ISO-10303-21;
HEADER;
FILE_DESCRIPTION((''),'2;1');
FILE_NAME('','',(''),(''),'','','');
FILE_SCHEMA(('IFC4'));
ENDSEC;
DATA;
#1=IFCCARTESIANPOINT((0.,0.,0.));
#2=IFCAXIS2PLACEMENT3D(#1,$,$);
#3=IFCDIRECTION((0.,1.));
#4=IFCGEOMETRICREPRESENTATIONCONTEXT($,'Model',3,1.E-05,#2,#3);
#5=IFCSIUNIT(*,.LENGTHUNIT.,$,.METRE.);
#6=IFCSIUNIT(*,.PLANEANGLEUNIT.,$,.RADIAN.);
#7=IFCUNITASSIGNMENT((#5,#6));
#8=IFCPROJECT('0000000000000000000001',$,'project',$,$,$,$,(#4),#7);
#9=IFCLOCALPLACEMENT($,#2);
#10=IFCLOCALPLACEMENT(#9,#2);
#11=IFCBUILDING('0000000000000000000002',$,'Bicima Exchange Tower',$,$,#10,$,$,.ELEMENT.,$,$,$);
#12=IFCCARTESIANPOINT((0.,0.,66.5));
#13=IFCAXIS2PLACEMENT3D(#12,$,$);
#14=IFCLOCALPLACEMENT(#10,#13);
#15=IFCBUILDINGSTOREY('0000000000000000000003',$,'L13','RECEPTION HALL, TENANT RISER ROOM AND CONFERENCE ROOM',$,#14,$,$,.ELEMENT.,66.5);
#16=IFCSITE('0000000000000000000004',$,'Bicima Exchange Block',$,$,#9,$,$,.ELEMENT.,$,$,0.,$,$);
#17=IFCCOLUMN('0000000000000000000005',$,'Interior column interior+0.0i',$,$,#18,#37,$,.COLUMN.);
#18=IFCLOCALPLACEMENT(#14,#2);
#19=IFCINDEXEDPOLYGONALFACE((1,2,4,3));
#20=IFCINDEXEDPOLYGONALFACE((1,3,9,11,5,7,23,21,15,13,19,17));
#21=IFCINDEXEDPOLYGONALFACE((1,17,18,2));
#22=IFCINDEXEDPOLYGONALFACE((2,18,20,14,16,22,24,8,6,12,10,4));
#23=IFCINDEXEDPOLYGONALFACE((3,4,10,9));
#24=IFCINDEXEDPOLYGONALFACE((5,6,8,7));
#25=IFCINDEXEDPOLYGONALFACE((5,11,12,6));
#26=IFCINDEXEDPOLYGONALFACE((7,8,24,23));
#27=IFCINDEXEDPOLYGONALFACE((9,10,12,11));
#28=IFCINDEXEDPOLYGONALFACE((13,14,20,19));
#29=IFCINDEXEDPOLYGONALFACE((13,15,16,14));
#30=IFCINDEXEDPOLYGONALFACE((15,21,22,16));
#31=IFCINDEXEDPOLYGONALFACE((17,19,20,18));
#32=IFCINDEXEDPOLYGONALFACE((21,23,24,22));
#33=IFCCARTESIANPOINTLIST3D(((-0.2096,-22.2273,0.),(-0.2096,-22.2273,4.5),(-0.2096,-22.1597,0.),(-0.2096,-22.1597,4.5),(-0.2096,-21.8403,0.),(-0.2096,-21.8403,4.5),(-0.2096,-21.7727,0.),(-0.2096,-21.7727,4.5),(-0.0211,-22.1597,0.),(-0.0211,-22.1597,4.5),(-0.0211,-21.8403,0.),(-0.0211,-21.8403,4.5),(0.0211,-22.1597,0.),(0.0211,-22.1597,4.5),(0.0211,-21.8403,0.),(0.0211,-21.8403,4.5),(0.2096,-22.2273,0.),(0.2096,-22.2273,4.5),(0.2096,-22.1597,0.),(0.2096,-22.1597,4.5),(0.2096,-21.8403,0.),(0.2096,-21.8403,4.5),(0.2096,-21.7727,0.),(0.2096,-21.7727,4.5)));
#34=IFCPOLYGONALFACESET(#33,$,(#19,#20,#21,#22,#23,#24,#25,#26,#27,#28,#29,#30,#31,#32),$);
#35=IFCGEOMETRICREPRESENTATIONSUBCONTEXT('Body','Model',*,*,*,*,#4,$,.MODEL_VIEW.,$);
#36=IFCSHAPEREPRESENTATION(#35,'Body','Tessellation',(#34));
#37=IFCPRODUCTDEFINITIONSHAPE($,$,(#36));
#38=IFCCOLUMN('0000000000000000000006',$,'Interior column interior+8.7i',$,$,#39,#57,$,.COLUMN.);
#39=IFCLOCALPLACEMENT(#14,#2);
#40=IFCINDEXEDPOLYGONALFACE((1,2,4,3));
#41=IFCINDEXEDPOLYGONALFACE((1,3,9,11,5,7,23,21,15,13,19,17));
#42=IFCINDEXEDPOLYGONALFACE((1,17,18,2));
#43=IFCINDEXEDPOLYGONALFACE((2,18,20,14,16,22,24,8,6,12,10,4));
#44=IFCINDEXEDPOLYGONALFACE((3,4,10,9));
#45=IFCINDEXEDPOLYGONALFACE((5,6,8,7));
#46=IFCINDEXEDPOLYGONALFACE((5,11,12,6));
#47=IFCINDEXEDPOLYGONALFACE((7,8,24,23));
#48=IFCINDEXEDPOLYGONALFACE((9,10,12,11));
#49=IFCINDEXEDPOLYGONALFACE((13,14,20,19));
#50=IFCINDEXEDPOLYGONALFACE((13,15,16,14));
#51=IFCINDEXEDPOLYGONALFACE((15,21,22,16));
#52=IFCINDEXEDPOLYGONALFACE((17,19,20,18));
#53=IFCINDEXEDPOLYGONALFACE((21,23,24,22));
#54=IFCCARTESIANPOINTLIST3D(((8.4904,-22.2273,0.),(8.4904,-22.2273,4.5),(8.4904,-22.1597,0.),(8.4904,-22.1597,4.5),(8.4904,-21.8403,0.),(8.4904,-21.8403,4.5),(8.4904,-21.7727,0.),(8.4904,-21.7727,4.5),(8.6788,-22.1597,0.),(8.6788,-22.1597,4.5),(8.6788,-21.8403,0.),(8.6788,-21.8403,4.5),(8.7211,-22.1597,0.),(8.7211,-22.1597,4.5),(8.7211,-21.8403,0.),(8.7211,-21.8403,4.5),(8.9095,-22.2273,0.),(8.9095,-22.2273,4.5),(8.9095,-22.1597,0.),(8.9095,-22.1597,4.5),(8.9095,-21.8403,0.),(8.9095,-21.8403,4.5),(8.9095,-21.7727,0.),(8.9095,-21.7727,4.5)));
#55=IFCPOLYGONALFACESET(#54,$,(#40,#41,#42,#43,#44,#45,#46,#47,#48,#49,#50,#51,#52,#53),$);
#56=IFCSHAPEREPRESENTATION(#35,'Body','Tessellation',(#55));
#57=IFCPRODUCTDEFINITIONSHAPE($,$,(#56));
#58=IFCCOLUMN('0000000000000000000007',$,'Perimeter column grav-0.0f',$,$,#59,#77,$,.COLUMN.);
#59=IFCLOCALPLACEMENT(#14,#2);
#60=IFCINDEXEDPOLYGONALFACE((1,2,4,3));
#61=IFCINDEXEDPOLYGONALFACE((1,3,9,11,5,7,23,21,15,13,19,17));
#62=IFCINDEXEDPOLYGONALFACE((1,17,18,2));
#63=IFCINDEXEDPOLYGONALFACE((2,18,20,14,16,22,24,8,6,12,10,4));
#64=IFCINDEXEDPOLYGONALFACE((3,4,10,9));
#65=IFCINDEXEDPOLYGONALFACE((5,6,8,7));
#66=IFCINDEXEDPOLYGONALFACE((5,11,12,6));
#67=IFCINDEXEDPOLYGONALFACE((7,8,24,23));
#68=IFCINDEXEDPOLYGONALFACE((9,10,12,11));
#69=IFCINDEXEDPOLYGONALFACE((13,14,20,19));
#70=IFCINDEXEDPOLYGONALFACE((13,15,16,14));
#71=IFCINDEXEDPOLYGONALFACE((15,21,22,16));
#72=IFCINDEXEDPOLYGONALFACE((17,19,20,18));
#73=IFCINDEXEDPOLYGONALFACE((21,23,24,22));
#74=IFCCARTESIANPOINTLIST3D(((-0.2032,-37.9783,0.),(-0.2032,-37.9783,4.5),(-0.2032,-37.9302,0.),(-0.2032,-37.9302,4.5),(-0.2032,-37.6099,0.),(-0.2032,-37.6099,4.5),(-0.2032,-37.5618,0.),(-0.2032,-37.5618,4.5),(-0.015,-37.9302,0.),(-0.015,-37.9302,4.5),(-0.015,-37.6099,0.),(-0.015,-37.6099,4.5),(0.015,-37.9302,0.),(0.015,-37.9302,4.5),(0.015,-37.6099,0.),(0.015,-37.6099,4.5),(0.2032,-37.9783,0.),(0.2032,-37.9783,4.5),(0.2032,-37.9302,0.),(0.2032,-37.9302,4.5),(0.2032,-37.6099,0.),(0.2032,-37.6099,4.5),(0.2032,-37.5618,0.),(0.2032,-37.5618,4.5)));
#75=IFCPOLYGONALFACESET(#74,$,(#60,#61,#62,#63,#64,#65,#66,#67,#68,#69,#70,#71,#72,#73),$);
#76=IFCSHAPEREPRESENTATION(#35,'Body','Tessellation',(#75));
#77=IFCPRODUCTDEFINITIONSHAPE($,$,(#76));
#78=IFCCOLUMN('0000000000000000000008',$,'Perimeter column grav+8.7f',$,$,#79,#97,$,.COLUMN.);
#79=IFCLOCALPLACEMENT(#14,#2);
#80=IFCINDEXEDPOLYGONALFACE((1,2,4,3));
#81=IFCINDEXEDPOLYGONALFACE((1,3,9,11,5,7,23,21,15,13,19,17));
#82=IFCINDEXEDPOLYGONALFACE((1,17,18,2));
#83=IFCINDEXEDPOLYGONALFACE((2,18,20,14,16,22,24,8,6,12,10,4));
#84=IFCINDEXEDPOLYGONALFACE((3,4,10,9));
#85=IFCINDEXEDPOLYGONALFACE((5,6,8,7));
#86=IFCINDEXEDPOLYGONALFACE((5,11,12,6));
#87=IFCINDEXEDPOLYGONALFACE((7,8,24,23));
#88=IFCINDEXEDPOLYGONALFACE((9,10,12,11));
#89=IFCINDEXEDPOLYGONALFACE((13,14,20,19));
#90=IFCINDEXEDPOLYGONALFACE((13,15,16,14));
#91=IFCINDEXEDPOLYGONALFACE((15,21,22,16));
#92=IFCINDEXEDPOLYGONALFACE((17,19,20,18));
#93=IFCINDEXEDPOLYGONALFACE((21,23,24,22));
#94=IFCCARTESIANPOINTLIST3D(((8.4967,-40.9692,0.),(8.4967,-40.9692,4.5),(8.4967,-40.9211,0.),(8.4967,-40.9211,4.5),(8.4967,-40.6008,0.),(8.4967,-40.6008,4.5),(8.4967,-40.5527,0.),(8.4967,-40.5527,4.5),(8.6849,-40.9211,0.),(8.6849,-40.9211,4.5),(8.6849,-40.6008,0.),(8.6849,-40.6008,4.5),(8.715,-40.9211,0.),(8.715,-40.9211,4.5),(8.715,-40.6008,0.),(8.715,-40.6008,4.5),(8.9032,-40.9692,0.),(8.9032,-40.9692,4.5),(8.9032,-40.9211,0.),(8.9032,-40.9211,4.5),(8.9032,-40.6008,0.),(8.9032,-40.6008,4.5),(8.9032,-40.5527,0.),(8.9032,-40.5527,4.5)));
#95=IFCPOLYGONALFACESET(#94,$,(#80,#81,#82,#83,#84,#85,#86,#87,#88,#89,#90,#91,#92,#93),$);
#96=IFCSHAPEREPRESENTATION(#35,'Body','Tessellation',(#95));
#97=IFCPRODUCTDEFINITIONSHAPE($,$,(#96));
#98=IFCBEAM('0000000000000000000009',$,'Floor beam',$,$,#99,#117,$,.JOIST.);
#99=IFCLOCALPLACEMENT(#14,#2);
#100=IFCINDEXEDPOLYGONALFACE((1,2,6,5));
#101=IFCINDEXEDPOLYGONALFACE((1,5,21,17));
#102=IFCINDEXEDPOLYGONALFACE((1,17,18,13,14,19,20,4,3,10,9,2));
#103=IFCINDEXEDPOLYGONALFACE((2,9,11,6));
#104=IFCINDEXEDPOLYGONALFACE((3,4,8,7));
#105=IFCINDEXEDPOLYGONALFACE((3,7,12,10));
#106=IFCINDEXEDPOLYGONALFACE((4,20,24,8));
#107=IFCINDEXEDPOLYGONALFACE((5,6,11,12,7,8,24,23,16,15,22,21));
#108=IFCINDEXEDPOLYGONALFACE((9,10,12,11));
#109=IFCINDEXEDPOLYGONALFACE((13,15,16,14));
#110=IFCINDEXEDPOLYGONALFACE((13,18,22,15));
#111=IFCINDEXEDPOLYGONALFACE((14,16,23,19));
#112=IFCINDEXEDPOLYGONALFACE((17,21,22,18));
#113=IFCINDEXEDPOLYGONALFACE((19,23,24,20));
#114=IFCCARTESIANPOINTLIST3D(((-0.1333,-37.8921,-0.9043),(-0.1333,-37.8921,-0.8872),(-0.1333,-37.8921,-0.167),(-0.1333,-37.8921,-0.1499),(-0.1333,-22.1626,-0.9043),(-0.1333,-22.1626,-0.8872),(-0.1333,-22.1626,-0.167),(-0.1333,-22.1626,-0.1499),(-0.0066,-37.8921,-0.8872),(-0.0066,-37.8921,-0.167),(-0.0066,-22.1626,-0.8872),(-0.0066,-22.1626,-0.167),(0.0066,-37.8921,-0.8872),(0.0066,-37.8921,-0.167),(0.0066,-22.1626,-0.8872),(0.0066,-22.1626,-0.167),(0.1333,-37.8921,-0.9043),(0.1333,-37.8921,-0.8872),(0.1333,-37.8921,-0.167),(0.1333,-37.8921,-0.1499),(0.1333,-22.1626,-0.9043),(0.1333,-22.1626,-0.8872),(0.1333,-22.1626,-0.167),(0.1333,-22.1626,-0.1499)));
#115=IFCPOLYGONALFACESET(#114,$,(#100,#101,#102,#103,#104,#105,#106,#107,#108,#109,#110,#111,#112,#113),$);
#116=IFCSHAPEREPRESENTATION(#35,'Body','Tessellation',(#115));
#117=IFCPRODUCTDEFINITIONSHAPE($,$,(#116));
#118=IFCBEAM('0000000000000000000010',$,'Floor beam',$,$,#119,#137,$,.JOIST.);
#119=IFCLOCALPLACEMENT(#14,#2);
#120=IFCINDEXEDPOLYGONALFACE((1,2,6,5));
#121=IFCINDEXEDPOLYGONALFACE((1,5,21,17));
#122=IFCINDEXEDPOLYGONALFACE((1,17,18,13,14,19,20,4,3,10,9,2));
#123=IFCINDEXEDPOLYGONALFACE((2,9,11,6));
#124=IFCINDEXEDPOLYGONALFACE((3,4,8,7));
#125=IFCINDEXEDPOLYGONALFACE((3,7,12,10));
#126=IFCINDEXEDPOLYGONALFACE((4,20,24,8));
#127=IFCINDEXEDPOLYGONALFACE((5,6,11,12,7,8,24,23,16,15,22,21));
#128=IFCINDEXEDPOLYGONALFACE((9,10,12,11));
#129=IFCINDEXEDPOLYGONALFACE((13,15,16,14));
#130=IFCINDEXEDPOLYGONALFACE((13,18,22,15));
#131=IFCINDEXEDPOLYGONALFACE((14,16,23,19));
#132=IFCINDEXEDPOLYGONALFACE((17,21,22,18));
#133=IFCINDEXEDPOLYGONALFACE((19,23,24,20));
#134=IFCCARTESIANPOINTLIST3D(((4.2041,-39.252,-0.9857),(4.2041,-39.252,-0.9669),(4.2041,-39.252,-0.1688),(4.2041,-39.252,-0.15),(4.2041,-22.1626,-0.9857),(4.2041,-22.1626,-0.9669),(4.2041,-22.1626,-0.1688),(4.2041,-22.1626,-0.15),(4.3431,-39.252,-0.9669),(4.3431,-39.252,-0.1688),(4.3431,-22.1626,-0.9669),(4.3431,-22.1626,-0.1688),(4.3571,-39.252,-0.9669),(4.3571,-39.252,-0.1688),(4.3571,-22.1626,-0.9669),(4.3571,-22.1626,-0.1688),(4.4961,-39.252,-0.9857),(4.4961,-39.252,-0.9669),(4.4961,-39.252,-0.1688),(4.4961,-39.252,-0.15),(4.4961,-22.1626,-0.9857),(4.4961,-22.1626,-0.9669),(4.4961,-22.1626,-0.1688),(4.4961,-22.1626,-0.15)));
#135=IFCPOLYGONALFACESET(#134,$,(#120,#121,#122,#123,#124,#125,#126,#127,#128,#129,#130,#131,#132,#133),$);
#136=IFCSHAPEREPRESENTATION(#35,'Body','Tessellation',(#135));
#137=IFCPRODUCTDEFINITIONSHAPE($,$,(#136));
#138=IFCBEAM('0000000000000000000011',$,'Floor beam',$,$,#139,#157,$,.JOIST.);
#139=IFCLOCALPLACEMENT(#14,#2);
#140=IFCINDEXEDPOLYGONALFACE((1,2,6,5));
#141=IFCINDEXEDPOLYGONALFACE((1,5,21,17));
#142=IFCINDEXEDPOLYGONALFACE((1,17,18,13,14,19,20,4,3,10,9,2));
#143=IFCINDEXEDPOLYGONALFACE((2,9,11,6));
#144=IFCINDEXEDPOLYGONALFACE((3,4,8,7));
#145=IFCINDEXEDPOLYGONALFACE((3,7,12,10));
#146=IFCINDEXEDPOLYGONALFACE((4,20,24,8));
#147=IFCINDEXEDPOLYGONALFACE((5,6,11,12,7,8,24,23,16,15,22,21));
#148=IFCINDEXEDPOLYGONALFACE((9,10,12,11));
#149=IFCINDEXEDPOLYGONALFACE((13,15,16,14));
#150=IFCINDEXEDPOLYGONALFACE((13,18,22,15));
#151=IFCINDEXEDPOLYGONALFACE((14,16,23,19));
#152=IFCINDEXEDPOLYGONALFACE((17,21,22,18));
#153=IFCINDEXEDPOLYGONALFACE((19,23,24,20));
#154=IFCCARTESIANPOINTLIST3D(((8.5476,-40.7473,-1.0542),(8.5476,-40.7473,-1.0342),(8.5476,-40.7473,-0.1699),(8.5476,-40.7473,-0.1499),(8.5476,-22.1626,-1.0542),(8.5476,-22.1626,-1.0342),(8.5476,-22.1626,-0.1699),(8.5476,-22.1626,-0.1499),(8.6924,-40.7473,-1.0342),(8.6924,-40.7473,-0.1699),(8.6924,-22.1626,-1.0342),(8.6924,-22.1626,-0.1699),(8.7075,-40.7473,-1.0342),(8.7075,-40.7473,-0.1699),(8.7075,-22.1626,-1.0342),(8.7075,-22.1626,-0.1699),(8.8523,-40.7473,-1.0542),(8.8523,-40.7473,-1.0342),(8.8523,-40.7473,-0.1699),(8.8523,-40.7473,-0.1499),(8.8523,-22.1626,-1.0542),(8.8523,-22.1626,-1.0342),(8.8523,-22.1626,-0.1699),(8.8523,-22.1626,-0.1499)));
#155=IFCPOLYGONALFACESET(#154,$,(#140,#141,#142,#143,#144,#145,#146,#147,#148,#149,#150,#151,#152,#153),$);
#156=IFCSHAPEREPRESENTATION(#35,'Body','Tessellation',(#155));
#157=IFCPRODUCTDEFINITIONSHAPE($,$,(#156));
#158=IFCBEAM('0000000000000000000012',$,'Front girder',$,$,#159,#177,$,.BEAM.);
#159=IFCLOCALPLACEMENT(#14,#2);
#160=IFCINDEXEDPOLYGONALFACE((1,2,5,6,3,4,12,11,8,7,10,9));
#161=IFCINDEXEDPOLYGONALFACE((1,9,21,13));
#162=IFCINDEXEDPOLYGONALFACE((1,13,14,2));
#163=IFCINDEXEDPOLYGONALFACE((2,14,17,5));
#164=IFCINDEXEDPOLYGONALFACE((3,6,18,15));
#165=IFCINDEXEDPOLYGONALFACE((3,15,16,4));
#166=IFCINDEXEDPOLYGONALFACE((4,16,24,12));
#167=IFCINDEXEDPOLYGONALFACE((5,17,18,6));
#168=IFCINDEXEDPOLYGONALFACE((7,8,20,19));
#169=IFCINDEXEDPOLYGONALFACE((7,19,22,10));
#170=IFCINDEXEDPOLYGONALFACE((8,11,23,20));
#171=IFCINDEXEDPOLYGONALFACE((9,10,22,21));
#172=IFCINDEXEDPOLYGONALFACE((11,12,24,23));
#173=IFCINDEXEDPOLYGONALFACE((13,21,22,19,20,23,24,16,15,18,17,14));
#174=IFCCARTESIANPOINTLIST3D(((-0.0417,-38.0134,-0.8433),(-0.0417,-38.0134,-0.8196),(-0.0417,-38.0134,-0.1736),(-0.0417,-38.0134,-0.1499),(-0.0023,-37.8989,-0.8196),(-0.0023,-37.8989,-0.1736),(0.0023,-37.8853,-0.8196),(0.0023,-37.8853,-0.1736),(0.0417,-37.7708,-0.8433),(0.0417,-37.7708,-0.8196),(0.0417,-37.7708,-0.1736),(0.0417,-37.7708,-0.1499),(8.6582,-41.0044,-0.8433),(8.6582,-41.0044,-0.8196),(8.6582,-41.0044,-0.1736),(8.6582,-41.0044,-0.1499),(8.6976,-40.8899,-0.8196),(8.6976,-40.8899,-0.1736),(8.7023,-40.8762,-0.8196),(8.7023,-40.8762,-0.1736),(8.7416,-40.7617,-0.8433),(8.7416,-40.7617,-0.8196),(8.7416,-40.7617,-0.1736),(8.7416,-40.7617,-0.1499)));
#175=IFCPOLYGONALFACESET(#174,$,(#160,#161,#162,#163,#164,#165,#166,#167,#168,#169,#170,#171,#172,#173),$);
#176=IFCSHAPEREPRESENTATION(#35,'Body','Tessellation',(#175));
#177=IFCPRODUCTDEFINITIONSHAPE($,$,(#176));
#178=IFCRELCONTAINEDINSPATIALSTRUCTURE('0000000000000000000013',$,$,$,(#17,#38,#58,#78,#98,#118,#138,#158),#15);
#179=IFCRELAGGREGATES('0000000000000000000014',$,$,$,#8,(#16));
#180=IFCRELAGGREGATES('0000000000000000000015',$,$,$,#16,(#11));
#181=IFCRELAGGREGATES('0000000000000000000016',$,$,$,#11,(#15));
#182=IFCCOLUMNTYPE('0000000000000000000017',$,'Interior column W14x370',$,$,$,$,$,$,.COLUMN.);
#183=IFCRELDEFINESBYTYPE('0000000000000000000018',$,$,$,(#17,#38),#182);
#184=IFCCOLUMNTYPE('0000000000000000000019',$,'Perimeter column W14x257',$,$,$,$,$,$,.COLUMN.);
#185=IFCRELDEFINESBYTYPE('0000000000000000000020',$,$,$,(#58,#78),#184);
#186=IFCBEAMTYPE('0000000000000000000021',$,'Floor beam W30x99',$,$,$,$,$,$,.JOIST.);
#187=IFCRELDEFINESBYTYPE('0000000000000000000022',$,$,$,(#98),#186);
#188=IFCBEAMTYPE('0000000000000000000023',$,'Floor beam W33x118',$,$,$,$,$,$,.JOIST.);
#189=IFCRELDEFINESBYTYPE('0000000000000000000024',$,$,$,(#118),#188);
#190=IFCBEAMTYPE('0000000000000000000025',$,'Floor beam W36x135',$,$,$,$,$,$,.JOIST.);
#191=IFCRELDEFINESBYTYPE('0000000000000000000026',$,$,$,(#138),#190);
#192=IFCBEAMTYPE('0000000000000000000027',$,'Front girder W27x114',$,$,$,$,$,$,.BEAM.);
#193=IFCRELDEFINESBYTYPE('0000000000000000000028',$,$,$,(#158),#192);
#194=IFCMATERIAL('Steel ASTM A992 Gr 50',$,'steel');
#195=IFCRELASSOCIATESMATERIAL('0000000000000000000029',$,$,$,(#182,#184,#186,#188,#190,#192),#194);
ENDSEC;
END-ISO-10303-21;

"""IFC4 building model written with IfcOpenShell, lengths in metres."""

from ifc_helpers import new_model, si_unit, direction, frame, origin, origin_2d, place, context, subcontext, project, spatial, i_section, extrude, material, material_profile, profile_set, type_object, element, save


model = new_model("IFC4")

# Units and contexts
model_context = context("Model", 3, precision=1e-05, world=origin(), true_north=direction((0.0, 1.0)))
body_context = subcontext(model_context, "Body", "Model", "MODEL_VIEW")
ifc_project = project(units=[si_unit("LENGTHUNIT", "METRE"), si_unit("PLANEANGLEUNIT", "RADIAN")], contexts=[model_context])

# Site, building, storey
site_placement = place(None, origin())
site = spatial("IfcSite", under=ifc_project, at=site_placement, Name="Bicima Exchange Block", CompositionType="ELEMENT", RefElevation=0.0)
building_placement = place(site_placement, origin())
building = spatial("IfcBuilding", under=site, at=building_placement, Name="Bicima Exchange Tower", CompositionType="ELEMENT")
storey_placement = place(building_placement, frame((0.0, 0.0, 66.5)))
storey = spatial("IfcBuildingStorey", under=building, at=storey_placement, Name="L13", Description="RECEPTION HALL, TENANT RISER ROOM AND CONFERENCE ROOM", CompositionType="ELEMENT", Elevation=66.5)

# Columns
ifc_material_1 = material(Name="Steel ASTM A992 Gr 50", Category="steel")
ifc_material_profile_1 = material_profile(ifc_material_1, i_section(OverallWidth=0.4192, OverallDepth=0.4546, WebThickness=0.0422, FlangeThickness=0.0676, at=origin_2d()))
ifc_profile_set_1 = profile_set([ifc_material_profile_1], Name="Steel ASTM A992 Gr 50")
column_type_1 = type_object("IfcColumnType", Name="Interior column W14x370", PredefinedType="COLUMN", material=ifc_profile_set_1)
for number, where, z_axis, x_axis, name in (
    (1, (0.0, -22.0, 0.0), (0.0, 0.0, 1.0), (1.0, 0.0, 0.0), "Interior column interior+0.0i"),
    (2, (8.7, -22.0, 0.0), (0.0, 0.0, 1.0), (1.0, 0.0, 0.0), "Interior column interior+8.7i"),
):
    element("IfcColumn", number, at=place(storey_placement, frame(where, z_axis=z_axis, x_axis=x_axis)), inside=storey, type_object=column_type_1, Name=name, PredefinedType="COLUMN", context=body_context, shape_type="SweptSolid", body=[
        extrude(i_section(OverallWidth=0.4192, OverallDepth=0.4546, WebThickness=0.0422, FlangeThickness=0.0676, at=origin_2d()), origin(), (0.0, 0.0, 1.0), 4.5),
    ])
ifc_material_profile_2 = material_profile(ifc_material_1, i_section(OverallWidth=0.4065, OverallDepth=0.4165, WebThickness=0.03, FlangeThickness=0.0481, at=origin_2d()))
ifc_profile_set_2 = profile_set([ifc_material_profile_2], Name="Steel ASTM A992 Gr 50")
column_type_2 = type_object("IfcColumnType", Name="Perimeter column W14x257", PredefinedType="COLUMN", material=ifc_profile_set_2)
for number, where, z_axis, x_axis, name in (
    (3, (0.0, -37.77, 0.0), (0.0, 0.0, 1.0), (1.0, 0.0, 0.0), "Perimeter column grav-0.0f"),
    (4, (8.7, -40.761, 0.0), (0.0, 0.0, 1.0), (1.0, 0.0, 0.0), "Perimeter column grav+8.7f"),
):
    element("IfcColumn", number, at=place(storey_placement, frame(where, z_axis=z_axis, x_axis=x_axis)), inside=storey, type_object=column_type_2, Name=name, PredefinedType="COLUMN", context=body_context, shape_type="SweptSolid", body=[
        extrude(i_section(OverallWidth=0.4065, OverallDepth=0.4165, WebThickness=0.03, FlangeThickness=0.0481, at=origin_2d()), origin(), (0.0, 0.0, 1.0), 4.5),
    ])

# Beams
ifc_material_profile_3 = material_profile(ifc_material_1, i_section(OverallWidth=0.2666, OverallDepth=0.7544, WebThickness=0.0132, FlangeThickness=0.0171, at=origin_2d()))
ifc_profile_set_3 = profile_set([ifc_material_profile_3], Name="Steel ASTM A992 Gr 50")
beam_type_1 = type_object("IfcBeamType", Name="Floor beam W30x99", PredefinedType="JOIST", material=ifc_profile_set_3)
beam_1_placement = place(storey_placement, frame((0.0, -22.1626, -0.5271), z_axis=(0.0, -1.0, 0.0), x_axis=(1.0, 0.0, 0.0)))
element("IfcBeam", 5, at=beam_1_placement, inside=storey, type_object=beam_type_1, Name="Floor beam", PredefinedType="JOIST", context=body_context, shape_type="SweptSolid", body=[
    extrude(i_section(OverallWidth=0.2666, OverallDepth=0.7544, WebThickness=0.0132, FlangeThickness=0.0171, at=origin_2d()), origin(), (0.0, 0.0, 1.0), 15.7295),
])
ifc_material_profile_4 = material_profile(ifc_material_1, i_section(OverallWidth=0.292, OverallDepth=0.8357, WebThickness=0.0139, FlangeThickness=0.0188, at=origin_2d()))
ifc_profile_set_4 = profile_set([ifc_material_profile_4], Name="Steel ASTM A992 Gr 50")
beam_type_2 = type_object("IfcBeamType", Name="Floor beam W33x118", PredefinedType="JOIST", material=ifc_profile_set_4)
beam_2_placement = place(storey_placement, frame((4.3501, -22.1626, -0.5679), z_axis=(0.0, -1.0, 0.0), x_axis=(1.0, 0.0, 0.0)))
element("IfcBeam", 6, at=beam_2_placement, inside=storey, type_object=beam_type_2, Name="Floor beam", PredefinedType="JOIST", context=body_context, shape_type="SweptSolid", body=[
    extrude(i_section(OverallWidth=0.292, OverallDepth=0.8357, WebThickness=0.0139, FlangeThickness=0.0188, at=origin_2d()), origin(), (0.0, 0.0, 1.0), 17.0894),
])
ifc_material_profile_5 = material_profile(ifc_material_1, i_section(OverallWidth=0.3047, OverallDepth=0.9043, WebThickness=0.0151, FlangeThickness=0.02, at=origin_2d()))
ifc_profile_set_5 = profile_set([ifc_material_profile_5], Name="Steel ASTM A992 Gr 50")
beam_type_3 = type_object("IfcBeamType", Name="Floor beam W36x135", PredefinedType="JOIST", material=ifc_profile_set_5)
beam_3_placement = place(storey_placement, frame((8.7, -22.1626, -0.6021), z_axis=(0.0, -1.0, 0.0), x_axis=(1.0, 0.0, 0.0)))
element("IfcBeam", 7, at=beam_3_placement, inside=storey, type_object=beam_type_3, Name="Floor beam", PredefinedType="JOIST", context=body_context, shape_type="SweptSolid", body=[
    extrude(i_section(OverallWidth=0.3047, OverallDepth=0.9043, WebThickness=0.0151, FlangeThickness=0.02, at=origin_2d()), origin(), (0.0, 0.0, 1.0), 18.5847),
])
ifc_material_profile_6 = material_profile(ifc_material_1, i_section(OverallWidth=0.2566, OverallDepth=0.6934, WebThickness=0.0144, FlangeThickness=0.0237, at=origin_2d()))
ifc_profile_set_6 = profile_set([ifc_material_profile_6], Name="Steel ASTM A992 Gr 50")
beam_type_4 = type_object("IfcBeamType", Name="Front girder W27x114", PredefinedType="BEAM", material=ifc_profile_set_6)
for number, where, z_axis, x_axis, name in (
    (8, (0.0, -37.8921, -0.4966), (0.945675, -0.325115, 0.0), (0.325115, 0.945675, 0.0), "Front girder"),
):
    element("IfcBeam", number, at=place(storey_placement, frame(where, z_axis=z_axis, x_axis=x_axis)), inside=storey, type_object=beam_type_4, Name=name, PredefinedType="BEAM", context=body_context, shape_type="SweptSolid", body=[
        extrude(i_section(OverallWidth=0.2566, OverallDepth=0.6934, WebThickness=0.0144, FlangeThickness=0.0237, at=origin_2d()), origin(), (0.0, 0.0, 1.0), 9.1997),
    ])

save(model, "model.ifc")
